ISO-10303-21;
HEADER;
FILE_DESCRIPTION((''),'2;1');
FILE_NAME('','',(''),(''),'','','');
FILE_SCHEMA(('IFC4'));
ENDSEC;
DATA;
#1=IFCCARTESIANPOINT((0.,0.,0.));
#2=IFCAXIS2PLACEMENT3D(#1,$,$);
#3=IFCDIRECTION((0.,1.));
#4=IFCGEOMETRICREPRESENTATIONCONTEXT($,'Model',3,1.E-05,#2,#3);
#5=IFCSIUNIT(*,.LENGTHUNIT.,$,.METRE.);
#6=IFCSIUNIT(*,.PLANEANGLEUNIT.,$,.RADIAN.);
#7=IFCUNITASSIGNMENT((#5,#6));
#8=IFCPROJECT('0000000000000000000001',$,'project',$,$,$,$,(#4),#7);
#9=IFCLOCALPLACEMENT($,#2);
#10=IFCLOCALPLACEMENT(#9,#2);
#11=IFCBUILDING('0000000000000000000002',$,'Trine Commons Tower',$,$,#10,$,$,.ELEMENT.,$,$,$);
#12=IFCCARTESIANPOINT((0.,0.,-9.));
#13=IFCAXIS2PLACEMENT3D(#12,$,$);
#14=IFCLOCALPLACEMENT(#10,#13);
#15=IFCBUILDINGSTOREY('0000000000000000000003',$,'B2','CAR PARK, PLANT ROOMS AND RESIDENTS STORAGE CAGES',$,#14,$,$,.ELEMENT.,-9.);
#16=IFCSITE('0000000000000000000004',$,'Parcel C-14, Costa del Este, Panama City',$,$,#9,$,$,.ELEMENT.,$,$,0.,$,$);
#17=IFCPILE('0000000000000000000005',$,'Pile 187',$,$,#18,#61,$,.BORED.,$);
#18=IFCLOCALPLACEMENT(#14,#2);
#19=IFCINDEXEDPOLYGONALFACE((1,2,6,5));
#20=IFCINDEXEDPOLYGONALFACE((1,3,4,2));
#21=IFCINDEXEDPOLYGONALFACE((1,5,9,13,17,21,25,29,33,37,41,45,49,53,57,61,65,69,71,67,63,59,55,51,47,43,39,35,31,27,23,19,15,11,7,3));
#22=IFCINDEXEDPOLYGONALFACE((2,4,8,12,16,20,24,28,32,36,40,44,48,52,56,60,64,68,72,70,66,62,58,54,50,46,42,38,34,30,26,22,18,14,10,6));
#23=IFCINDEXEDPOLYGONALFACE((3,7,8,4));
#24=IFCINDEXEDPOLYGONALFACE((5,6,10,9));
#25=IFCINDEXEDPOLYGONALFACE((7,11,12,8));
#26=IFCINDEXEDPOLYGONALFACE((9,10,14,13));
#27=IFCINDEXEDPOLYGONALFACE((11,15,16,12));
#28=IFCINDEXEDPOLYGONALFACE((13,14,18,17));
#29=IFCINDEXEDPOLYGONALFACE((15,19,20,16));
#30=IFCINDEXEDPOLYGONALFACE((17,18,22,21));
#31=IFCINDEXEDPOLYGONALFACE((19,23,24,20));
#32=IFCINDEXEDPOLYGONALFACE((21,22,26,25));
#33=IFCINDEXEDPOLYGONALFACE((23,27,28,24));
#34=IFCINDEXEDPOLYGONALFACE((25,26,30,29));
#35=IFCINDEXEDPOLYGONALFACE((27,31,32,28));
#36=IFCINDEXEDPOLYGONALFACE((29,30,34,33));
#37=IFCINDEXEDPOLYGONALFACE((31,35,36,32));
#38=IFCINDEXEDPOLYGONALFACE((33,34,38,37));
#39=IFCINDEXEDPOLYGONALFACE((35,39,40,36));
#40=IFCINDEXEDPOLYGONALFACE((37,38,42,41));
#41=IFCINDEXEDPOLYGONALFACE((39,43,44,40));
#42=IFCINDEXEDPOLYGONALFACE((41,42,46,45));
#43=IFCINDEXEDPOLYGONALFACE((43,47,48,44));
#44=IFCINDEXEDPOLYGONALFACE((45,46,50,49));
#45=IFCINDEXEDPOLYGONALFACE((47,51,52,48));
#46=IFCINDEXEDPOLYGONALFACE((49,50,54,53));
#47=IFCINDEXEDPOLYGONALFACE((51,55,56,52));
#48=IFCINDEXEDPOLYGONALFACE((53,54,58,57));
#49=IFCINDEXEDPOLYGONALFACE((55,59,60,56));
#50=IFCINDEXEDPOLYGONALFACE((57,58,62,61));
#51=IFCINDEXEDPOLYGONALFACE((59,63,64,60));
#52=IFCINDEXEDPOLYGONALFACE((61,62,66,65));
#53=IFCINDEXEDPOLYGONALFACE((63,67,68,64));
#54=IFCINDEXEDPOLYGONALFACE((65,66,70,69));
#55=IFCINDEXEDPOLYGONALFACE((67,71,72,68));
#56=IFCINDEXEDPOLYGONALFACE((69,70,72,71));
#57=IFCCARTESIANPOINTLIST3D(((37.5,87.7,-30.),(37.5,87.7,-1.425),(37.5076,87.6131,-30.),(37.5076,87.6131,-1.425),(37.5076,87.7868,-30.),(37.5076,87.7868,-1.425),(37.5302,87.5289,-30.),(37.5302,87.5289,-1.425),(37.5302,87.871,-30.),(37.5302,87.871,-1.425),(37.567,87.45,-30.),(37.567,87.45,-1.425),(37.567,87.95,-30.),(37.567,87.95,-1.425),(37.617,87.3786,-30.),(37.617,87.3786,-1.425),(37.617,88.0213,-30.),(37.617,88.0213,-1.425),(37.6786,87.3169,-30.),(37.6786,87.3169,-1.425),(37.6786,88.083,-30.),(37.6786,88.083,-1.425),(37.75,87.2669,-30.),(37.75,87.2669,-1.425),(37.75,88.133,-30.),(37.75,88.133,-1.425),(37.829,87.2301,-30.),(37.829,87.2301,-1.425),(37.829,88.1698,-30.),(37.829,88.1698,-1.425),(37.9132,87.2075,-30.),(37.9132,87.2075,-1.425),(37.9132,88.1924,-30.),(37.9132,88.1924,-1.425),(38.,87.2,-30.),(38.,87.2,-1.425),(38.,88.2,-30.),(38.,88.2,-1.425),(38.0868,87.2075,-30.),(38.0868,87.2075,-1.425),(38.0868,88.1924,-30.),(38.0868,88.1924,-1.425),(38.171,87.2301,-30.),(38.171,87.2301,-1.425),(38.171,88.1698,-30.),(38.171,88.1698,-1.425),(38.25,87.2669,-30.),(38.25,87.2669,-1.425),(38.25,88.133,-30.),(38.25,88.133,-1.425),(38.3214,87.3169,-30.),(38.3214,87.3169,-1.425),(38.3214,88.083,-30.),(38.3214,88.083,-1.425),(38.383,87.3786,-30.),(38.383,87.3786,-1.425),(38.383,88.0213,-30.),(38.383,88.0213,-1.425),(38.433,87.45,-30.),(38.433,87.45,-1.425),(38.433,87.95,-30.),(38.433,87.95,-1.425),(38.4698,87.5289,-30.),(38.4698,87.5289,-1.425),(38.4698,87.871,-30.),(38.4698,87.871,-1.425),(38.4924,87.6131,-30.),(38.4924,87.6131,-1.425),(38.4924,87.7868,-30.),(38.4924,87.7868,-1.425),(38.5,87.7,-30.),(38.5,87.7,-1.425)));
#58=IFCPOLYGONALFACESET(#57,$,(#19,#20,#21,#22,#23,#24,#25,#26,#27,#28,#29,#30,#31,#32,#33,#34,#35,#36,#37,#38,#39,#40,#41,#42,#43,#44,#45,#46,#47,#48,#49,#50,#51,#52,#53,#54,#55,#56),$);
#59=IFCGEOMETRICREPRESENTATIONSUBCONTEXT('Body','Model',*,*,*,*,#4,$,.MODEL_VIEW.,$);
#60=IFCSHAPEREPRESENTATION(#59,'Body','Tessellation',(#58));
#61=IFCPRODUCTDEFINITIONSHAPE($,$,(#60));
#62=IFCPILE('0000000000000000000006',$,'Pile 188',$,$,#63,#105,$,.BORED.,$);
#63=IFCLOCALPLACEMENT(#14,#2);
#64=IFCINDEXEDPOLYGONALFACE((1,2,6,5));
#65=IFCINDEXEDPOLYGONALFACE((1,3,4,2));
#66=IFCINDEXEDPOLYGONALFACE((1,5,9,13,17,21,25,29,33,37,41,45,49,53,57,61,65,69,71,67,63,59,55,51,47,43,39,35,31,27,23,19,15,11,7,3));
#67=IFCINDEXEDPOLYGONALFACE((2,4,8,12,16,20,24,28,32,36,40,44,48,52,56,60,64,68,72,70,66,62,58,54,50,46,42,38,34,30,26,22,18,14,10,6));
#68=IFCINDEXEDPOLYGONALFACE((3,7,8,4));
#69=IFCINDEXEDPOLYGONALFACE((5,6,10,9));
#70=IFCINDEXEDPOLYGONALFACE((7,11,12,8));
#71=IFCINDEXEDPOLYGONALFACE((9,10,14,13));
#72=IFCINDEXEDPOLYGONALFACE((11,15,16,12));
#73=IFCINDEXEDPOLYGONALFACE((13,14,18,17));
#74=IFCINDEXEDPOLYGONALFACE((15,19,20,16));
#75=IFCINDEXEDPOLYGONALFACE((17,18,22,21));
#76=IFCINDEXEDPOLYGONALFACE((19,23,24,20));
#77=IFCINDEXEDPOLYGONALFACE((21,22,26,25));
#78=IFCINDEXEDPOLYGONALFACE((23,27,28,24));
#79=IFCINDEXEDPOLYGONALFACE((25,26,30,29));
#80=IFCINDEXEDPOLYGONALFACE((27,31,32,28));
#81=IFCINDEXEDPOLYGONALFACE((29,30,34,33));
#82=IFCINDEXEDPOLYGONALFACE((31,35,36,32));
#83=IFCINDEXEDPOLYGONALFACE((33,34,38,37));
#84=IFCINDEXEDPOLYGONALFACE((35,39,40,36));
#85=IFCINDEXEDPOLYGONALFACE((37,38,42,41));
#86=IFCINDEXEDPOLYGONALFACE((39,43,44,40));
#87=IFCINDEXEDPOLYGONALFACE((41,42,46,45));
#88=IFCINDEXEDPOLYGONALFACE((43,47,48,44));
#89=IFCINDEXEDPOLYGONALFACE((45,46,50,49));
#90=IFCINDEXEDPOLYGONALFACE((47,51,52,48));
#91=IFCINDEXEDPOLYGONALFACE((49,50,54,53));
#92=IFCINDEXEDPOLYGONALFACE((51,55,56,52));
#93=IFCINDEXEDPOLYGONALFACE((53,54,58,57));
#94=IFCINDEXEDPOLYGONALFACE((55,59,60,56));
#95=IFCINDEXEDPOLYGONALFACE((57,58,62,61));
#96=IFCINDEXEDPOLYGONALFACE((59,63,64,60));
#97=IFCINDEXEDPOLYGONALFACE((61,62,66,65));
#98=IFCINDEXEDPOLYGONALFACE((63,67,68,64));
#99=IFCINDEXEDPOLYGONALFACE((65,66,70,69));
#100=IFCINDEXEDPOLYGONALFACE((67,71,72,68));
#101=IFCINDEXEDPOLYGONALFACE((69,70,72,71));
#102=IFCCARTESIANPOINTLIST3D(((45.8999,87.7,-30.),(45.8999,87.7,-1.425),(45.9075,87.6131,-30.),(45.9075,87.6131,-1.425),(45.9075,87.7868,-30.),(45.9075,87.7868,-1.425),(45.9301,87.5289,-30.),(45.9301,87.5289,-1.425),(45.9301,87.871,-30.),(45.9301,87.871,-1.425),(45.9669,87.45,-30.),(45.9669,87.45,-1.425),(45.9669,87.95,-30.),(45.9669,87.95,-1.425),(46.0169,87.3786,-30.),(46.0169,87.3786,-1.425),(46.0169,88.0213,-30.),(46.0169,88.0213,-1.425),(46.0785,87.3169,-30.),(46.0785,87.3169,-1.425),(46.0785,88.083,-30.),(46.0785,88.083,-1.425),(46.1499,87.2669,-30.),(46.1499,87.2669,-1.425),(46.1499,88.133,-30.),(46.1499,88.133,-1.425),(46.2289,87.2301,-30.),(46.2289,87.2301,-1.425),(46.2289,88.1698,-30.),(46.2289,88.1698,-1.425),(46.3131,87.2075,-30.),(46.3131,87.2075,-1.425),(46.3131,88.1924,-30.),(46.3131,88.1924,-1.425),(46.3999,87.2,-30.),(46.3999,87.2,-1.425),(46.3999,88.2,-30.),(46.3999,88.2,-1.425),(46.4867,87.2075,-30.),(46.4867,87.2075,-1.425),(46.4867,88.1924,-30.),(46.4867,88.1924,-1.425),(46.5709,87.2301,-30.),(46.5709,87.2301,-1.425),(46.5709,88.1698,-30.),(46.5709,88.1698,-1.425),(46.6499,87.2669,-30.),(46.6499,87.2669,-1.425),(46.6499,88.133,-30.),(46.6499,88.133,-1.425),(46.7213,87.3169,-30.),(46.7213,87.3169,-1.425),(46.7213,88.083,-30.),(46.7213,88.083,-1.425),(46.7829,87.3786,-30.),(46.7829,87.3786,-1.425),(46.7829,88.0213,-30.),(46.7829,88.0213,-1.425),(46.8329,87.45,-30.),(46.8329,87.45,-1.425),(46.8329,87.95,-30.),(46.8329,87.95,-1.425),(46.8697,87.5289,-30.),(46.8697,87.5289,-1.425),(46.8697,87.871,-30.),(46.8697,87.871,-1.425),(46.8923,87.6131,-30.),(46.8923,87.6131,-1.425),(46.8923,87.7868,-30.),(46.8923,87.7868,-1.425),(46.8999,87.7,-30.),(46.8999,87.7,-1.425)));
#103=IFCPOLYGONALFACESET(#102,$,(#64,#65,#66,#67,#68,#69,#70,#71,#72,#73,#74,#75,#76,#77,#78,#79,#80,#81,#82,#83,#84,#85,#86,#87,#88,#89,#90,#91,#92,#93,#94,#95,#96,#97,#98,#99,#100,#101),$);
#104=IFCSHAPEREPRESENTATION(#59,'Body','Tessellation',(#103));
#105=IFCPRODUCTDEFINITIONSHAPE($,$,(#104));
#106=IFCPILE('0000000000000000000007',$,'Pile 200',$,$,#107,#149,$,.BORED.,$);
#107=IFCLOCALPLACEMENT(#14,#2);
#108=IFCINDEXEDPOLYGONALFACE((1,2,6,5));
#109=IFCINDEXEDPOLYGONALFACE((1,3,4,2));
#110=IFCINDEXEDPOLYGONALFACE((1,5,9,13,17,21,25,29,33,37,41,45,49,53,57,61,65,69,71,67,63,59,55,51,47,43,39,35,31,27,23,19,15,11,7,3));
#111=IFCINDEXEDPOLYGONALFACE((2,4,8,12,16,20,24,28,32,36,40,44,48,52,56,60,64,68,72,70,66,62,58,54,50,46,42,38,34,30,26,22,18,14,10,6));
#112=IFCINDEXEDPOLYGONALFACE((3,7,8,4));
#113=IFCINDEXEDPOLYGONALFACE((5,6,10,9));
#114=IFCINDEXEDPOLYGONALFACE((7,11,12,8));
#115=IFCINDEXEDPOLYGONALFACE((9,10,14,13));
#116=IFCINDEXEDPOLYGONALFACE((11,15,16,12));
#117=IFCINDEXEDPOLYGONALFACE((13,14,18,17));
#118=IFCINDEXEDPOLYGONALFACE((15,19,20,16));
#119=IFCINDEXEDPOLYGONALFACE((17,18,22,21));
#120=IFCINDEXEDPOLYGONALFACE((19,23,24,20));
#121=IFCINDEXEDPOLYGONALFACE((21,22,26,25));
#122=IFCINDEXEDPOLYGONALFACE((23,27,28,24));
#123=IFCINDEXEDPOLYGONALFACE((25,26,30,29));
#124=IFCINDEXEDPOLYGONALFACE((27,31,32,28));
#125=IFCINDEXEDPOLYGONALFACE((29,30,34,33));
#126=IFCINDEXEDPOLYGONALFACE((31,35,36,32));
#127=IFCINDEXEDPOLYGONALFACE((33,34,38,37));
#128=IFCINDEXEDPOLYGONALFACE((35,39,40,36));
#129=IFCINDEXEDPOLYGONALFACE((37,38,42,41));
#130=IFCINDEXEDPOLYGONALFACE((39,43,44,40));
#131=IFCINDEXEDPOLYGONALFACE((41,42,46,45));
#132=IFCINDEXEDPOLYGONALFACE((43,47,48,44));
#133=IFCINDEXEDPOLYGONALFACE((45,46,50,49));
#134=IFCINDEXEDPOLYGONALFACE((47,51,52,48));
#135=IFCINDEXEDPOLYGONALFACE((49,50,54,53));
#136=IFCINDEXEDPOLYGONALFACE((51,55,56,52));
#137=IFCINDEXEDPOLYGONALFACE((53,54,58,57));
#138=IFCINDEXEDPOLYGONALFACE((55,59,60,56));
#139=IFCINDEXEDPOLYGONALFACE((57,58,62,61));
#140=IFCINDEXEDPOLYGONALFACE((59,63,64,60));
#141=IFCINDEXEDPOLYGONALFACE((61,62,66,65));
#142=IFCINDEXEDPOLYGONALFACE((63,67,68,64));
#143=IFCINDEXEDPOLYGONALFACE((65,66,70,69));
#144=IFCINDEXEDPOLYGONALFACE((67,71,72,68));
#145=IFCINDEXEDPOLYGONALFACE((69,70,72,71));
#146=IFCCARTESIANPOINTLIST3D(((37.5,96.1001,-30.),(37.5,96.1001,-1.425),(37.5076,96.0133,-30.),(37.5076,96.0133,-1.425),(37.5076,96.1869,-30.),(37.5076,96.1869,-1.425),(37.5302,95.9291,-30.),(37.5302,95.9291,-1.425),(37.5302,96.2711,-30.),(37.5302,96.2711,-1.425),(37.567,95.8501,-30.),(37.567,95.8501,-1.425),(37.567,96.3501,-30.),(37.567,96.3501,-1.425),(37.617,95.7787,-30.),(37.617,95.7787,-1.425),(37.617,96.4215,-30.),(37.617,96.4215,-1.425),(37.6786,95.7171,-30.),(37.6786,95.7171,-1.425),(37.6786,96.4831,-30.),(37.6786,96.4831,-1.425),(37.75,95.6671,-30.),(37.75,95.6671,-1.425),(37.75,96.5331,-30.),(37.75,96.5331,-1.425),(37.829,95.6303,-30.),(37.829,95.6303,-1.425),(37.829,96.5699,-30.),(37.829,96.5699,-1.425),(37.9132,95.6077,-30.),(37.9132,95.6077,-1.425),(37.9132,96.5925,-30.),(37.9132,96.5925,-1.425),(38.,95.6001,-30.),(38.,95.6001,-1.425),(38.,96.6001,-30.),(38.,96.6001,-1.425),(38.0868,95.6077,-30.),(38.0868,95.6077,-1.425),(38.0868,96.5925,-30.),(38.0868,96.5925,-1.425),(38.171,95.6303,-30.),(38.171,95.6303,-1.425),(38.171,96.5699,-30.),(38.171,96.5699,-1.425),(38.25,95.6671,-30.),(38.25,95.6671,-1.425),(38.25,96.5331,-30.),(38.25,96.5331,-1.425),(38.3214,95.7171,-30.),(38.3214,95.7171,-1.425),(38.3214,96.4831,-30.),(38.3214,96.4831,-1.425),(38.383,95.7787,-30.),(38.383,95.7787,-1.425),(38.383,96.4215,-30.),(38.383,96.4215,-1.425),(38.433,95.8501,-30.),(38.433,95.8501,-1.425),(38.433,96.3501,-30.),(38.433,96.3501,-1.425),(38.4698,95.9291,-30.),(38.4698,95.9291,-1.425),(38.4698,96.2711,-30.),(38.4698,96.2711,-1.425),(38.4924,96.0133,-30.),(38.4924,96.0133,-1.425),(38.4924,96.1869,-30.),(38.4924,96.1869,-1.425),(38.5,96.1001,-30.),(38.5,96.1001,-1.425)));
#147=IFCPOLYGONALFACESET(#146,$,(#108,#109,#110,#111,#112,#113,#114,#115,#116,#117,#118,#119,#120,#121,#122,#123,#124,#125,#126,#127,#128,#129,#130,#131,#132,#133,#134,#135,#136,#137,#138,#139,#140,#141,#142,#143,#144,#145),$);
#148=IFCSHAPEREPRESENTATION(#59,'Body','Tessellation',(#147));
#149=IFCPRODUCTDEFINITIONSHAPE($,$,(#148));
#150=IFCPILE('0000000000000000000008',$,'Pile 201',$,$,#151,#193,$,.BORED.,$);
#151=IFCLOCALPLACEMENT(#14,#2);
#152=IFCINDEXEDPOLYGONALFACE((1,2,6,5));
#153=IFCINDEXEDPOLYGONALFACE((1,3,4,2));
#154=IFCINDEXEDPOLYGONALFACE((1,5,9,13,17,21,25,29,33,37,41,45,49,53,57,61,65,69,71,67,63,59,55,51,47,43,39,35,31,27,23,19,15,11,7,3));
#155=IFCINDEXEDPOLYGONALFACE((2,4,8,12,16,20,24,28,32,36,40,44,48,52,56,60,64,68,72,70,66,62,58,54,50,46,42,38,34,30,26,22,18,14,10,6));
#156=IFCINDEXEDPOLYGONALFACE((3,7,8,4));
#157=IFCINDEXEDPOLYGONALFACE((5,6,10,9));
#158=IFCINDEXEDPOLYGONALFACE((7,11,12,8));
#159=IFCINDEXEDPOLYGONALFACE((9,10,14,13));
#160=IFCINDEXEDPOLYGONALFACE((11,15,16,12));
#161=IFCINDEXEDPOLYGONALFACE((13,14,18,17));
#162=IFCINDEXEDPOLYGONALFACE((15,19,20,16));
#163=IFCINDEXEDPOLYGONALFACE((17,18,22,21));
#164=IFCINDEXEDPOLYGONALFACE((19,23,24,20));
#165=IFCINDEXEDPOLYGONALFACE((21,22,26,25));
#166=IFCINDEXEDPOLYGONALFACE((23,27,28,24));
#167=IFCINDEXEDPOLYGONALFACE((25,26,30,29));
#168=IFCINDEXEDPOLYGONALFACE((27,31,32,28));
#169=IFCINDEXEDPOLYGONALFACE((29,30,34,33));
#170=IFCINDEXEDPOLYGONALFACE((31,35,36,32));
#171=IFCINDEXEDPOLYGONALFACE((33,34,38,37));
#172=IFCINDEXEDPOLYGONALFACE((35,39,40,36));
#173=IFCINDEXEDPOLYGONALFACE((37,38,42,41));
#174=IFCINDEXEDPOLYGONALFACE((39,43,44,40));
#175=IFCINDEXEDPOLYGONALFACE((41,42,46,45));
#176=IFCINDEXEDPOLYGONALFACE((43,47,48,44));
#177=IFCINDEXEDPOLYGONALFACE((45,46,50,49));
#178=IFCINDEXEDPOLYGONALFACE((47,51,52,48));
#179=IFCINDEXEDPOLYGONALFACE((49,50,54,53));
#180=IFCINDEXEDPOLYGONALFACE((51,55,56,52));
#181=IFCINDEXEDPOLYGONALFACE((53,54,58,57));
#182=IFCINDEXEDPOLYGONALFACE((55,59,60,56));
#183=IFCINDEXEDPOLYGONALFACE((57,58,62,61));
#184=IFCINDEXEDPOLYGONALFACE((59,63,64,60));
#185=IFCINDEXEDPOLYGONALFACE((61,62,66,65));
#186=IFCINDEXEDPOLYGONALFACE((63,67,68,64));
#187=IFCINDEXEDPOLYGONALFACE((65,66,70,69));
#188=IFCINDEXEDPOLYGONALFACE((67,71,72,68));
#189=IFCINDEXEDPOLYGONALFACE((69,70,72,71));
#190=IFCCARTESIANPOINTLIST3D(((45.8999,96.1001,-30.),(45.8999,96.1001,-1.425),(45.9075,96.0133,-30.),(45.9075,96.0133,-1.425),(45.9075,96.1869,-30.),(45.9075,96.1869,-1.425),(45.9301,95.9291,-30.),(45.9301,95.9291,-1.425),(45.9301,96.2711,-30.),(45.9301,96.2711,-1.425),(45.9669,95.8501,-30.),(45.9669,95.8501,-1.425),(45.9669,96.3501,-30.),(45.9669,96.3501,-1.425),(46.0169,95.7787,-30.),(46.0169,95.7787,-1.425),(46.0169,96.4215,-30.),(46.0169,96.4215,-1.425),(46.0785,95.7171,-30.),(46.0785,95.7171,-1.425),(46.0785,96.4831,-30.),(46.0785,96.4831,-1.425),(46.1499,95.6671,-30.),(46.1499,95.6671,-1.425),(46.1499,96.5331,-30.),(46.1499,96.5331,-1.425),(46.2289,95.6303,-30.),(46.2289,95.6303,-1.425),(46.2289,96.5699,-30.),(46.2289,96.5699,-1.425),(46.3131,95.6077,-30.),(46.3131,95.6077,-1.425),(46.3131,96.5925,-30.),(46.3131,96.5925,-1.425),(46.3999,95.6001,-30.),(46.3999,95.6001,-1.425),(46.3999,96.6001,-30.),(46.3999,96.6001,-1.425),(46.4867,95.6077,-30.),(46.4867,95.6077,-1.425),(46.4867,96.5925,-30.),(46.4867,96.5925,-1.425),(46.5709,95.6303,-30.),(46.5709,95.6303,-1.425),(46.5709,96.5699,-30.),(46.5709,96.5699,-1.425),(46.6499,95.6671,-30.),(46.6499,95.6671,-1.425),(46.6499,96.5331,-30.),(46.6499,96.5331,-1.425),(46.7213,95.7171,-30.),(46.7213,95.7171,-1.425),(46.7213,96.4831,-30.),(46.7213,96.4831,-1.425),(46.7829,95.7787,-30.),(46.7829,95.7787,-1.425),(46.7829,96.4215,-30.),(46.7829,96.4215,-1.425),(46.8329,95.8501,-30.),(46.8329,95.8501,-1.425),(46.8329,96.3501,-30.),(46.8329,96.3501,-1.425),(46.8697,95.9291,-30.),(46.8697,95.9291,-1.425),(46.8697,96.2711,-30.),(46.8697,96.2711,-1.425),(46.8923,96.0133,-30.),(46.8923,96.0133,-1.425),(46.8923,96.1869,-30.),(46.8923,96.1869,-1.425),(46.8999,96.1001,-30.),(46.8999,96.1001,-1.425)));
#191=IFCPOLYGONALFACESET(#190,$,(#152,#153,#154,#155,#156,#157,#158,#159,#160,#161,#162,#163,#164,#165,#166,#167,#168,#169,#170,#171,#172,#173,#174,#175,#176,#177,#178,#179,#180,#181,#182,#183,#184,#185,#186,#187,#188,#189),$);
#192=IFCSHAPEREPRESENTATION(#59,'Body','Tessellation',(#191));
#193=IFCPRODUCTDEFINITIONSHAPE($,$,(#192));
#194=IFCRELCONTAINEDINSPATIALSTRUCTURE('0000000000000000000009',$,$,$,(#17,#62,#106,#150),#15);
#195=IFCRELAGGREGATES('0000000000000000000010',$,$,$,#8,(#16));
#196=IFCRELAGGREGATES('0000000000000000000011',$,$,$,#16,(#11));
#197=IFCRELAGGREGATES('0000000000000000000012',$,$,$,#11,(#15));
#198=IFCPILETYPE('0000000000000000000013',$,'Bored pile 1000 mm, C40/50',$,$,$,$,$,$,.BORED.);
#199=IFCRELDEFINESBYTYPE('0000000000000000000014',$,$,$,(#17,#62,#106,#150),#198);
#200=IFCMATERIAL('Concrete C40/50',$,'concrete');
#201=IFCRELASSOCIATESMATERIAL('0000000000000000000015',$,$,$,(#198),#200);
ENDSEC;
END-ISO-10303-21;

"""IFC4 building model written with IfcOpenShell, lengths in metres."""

from ifc_helpers import new_model, si_unit, direction, frame, origin, origin_2d, place, context, subcontext, project, spatial, circle, extrude, material, type_object, element, save


model = new_model("IFC4")

# Units and contexts
model_context = context("Model", 3, precision=1e-05, world=origin(), true_north=direction((0.0, 1.0)))
body_context = subcontext(model_context, "Body", "Model", "MODEL_VIEW")
ifc_project = project(units=[si_unit("LENGTHUNIT", "METRE"), si_unit("PLANEANGLEUNIT", "RADIAN")], contexts=[model_context])

# Site, building, storey
site_placement = place(None, origin())
site = spatial("IfcSite", under=ifc_project, at=site_placement, Name="Parcel C-14, Costa del Este, Panama City", CompositionType="ELEMENT", RefElevation=0.0)
building_placement = place(site_placement, origin())
building = spatial("IfcBuilding", under=site, at=building_placement, Name="Trine Commons Tower", CompositionType="ELEMENT")
storey_placement = place(building_placement, frame((0.0, 0.0, -9.0)))
storey = spatial("IfcBuildingStorey", under=building, at=storey_placement, Name="B2", Description="CAR PARK, PLANT ROOMS AND RESIDENTS STORAGE CAGES", CompositionType="ELEMENT", Elevation=-9.0)

# Piles
ifc_material_1 = material(Name="Concrete C40/50", Category="concrete")
pile_type_1 = type_object("IfcPileType", Name="Bored pile 1000 mm, C40/50", PredefinedType="BORED", material=ifc_material_1)
for number, where, z_axis, x_axis, name in (
    (1, (38.0, 87.7, -1.425), (0.0, 0.0, -1.0), (1.0, 0.0, 0.0), "Pile 187"),
    (2, (46.3999, 87.7, -1.425), (0.0, 0.0, -1.0), (1.0, 0.0, 0.0), "Pile 188"),
    (3, (38.0, 96.1001, -1.425), (0.0, 0.0, -1.0), (1.0, 0.0, 0.0), "Pile 200"),
    (4, (46.3999, 96.1001, -1.425), (0.0, 0.0, -1.0), (1.0, 0.0, 0.0), "Pile 201"),
):
    element("IfcPile", number, at=place(storey_placement, frame(where, z_axis=z_axis, x_axis=x_axis)), inside=storey, type_object=pile_type_1, Name=name, PredefinedType="BORED", context=body_context, shape_type="SweptSolid", body=[
        extrude(circle(Radius=0.5, at=origin_2d()), origin(), (0.0, 0.0, 1.0), 28.575),
    ])

save(model, "model.ifc")
